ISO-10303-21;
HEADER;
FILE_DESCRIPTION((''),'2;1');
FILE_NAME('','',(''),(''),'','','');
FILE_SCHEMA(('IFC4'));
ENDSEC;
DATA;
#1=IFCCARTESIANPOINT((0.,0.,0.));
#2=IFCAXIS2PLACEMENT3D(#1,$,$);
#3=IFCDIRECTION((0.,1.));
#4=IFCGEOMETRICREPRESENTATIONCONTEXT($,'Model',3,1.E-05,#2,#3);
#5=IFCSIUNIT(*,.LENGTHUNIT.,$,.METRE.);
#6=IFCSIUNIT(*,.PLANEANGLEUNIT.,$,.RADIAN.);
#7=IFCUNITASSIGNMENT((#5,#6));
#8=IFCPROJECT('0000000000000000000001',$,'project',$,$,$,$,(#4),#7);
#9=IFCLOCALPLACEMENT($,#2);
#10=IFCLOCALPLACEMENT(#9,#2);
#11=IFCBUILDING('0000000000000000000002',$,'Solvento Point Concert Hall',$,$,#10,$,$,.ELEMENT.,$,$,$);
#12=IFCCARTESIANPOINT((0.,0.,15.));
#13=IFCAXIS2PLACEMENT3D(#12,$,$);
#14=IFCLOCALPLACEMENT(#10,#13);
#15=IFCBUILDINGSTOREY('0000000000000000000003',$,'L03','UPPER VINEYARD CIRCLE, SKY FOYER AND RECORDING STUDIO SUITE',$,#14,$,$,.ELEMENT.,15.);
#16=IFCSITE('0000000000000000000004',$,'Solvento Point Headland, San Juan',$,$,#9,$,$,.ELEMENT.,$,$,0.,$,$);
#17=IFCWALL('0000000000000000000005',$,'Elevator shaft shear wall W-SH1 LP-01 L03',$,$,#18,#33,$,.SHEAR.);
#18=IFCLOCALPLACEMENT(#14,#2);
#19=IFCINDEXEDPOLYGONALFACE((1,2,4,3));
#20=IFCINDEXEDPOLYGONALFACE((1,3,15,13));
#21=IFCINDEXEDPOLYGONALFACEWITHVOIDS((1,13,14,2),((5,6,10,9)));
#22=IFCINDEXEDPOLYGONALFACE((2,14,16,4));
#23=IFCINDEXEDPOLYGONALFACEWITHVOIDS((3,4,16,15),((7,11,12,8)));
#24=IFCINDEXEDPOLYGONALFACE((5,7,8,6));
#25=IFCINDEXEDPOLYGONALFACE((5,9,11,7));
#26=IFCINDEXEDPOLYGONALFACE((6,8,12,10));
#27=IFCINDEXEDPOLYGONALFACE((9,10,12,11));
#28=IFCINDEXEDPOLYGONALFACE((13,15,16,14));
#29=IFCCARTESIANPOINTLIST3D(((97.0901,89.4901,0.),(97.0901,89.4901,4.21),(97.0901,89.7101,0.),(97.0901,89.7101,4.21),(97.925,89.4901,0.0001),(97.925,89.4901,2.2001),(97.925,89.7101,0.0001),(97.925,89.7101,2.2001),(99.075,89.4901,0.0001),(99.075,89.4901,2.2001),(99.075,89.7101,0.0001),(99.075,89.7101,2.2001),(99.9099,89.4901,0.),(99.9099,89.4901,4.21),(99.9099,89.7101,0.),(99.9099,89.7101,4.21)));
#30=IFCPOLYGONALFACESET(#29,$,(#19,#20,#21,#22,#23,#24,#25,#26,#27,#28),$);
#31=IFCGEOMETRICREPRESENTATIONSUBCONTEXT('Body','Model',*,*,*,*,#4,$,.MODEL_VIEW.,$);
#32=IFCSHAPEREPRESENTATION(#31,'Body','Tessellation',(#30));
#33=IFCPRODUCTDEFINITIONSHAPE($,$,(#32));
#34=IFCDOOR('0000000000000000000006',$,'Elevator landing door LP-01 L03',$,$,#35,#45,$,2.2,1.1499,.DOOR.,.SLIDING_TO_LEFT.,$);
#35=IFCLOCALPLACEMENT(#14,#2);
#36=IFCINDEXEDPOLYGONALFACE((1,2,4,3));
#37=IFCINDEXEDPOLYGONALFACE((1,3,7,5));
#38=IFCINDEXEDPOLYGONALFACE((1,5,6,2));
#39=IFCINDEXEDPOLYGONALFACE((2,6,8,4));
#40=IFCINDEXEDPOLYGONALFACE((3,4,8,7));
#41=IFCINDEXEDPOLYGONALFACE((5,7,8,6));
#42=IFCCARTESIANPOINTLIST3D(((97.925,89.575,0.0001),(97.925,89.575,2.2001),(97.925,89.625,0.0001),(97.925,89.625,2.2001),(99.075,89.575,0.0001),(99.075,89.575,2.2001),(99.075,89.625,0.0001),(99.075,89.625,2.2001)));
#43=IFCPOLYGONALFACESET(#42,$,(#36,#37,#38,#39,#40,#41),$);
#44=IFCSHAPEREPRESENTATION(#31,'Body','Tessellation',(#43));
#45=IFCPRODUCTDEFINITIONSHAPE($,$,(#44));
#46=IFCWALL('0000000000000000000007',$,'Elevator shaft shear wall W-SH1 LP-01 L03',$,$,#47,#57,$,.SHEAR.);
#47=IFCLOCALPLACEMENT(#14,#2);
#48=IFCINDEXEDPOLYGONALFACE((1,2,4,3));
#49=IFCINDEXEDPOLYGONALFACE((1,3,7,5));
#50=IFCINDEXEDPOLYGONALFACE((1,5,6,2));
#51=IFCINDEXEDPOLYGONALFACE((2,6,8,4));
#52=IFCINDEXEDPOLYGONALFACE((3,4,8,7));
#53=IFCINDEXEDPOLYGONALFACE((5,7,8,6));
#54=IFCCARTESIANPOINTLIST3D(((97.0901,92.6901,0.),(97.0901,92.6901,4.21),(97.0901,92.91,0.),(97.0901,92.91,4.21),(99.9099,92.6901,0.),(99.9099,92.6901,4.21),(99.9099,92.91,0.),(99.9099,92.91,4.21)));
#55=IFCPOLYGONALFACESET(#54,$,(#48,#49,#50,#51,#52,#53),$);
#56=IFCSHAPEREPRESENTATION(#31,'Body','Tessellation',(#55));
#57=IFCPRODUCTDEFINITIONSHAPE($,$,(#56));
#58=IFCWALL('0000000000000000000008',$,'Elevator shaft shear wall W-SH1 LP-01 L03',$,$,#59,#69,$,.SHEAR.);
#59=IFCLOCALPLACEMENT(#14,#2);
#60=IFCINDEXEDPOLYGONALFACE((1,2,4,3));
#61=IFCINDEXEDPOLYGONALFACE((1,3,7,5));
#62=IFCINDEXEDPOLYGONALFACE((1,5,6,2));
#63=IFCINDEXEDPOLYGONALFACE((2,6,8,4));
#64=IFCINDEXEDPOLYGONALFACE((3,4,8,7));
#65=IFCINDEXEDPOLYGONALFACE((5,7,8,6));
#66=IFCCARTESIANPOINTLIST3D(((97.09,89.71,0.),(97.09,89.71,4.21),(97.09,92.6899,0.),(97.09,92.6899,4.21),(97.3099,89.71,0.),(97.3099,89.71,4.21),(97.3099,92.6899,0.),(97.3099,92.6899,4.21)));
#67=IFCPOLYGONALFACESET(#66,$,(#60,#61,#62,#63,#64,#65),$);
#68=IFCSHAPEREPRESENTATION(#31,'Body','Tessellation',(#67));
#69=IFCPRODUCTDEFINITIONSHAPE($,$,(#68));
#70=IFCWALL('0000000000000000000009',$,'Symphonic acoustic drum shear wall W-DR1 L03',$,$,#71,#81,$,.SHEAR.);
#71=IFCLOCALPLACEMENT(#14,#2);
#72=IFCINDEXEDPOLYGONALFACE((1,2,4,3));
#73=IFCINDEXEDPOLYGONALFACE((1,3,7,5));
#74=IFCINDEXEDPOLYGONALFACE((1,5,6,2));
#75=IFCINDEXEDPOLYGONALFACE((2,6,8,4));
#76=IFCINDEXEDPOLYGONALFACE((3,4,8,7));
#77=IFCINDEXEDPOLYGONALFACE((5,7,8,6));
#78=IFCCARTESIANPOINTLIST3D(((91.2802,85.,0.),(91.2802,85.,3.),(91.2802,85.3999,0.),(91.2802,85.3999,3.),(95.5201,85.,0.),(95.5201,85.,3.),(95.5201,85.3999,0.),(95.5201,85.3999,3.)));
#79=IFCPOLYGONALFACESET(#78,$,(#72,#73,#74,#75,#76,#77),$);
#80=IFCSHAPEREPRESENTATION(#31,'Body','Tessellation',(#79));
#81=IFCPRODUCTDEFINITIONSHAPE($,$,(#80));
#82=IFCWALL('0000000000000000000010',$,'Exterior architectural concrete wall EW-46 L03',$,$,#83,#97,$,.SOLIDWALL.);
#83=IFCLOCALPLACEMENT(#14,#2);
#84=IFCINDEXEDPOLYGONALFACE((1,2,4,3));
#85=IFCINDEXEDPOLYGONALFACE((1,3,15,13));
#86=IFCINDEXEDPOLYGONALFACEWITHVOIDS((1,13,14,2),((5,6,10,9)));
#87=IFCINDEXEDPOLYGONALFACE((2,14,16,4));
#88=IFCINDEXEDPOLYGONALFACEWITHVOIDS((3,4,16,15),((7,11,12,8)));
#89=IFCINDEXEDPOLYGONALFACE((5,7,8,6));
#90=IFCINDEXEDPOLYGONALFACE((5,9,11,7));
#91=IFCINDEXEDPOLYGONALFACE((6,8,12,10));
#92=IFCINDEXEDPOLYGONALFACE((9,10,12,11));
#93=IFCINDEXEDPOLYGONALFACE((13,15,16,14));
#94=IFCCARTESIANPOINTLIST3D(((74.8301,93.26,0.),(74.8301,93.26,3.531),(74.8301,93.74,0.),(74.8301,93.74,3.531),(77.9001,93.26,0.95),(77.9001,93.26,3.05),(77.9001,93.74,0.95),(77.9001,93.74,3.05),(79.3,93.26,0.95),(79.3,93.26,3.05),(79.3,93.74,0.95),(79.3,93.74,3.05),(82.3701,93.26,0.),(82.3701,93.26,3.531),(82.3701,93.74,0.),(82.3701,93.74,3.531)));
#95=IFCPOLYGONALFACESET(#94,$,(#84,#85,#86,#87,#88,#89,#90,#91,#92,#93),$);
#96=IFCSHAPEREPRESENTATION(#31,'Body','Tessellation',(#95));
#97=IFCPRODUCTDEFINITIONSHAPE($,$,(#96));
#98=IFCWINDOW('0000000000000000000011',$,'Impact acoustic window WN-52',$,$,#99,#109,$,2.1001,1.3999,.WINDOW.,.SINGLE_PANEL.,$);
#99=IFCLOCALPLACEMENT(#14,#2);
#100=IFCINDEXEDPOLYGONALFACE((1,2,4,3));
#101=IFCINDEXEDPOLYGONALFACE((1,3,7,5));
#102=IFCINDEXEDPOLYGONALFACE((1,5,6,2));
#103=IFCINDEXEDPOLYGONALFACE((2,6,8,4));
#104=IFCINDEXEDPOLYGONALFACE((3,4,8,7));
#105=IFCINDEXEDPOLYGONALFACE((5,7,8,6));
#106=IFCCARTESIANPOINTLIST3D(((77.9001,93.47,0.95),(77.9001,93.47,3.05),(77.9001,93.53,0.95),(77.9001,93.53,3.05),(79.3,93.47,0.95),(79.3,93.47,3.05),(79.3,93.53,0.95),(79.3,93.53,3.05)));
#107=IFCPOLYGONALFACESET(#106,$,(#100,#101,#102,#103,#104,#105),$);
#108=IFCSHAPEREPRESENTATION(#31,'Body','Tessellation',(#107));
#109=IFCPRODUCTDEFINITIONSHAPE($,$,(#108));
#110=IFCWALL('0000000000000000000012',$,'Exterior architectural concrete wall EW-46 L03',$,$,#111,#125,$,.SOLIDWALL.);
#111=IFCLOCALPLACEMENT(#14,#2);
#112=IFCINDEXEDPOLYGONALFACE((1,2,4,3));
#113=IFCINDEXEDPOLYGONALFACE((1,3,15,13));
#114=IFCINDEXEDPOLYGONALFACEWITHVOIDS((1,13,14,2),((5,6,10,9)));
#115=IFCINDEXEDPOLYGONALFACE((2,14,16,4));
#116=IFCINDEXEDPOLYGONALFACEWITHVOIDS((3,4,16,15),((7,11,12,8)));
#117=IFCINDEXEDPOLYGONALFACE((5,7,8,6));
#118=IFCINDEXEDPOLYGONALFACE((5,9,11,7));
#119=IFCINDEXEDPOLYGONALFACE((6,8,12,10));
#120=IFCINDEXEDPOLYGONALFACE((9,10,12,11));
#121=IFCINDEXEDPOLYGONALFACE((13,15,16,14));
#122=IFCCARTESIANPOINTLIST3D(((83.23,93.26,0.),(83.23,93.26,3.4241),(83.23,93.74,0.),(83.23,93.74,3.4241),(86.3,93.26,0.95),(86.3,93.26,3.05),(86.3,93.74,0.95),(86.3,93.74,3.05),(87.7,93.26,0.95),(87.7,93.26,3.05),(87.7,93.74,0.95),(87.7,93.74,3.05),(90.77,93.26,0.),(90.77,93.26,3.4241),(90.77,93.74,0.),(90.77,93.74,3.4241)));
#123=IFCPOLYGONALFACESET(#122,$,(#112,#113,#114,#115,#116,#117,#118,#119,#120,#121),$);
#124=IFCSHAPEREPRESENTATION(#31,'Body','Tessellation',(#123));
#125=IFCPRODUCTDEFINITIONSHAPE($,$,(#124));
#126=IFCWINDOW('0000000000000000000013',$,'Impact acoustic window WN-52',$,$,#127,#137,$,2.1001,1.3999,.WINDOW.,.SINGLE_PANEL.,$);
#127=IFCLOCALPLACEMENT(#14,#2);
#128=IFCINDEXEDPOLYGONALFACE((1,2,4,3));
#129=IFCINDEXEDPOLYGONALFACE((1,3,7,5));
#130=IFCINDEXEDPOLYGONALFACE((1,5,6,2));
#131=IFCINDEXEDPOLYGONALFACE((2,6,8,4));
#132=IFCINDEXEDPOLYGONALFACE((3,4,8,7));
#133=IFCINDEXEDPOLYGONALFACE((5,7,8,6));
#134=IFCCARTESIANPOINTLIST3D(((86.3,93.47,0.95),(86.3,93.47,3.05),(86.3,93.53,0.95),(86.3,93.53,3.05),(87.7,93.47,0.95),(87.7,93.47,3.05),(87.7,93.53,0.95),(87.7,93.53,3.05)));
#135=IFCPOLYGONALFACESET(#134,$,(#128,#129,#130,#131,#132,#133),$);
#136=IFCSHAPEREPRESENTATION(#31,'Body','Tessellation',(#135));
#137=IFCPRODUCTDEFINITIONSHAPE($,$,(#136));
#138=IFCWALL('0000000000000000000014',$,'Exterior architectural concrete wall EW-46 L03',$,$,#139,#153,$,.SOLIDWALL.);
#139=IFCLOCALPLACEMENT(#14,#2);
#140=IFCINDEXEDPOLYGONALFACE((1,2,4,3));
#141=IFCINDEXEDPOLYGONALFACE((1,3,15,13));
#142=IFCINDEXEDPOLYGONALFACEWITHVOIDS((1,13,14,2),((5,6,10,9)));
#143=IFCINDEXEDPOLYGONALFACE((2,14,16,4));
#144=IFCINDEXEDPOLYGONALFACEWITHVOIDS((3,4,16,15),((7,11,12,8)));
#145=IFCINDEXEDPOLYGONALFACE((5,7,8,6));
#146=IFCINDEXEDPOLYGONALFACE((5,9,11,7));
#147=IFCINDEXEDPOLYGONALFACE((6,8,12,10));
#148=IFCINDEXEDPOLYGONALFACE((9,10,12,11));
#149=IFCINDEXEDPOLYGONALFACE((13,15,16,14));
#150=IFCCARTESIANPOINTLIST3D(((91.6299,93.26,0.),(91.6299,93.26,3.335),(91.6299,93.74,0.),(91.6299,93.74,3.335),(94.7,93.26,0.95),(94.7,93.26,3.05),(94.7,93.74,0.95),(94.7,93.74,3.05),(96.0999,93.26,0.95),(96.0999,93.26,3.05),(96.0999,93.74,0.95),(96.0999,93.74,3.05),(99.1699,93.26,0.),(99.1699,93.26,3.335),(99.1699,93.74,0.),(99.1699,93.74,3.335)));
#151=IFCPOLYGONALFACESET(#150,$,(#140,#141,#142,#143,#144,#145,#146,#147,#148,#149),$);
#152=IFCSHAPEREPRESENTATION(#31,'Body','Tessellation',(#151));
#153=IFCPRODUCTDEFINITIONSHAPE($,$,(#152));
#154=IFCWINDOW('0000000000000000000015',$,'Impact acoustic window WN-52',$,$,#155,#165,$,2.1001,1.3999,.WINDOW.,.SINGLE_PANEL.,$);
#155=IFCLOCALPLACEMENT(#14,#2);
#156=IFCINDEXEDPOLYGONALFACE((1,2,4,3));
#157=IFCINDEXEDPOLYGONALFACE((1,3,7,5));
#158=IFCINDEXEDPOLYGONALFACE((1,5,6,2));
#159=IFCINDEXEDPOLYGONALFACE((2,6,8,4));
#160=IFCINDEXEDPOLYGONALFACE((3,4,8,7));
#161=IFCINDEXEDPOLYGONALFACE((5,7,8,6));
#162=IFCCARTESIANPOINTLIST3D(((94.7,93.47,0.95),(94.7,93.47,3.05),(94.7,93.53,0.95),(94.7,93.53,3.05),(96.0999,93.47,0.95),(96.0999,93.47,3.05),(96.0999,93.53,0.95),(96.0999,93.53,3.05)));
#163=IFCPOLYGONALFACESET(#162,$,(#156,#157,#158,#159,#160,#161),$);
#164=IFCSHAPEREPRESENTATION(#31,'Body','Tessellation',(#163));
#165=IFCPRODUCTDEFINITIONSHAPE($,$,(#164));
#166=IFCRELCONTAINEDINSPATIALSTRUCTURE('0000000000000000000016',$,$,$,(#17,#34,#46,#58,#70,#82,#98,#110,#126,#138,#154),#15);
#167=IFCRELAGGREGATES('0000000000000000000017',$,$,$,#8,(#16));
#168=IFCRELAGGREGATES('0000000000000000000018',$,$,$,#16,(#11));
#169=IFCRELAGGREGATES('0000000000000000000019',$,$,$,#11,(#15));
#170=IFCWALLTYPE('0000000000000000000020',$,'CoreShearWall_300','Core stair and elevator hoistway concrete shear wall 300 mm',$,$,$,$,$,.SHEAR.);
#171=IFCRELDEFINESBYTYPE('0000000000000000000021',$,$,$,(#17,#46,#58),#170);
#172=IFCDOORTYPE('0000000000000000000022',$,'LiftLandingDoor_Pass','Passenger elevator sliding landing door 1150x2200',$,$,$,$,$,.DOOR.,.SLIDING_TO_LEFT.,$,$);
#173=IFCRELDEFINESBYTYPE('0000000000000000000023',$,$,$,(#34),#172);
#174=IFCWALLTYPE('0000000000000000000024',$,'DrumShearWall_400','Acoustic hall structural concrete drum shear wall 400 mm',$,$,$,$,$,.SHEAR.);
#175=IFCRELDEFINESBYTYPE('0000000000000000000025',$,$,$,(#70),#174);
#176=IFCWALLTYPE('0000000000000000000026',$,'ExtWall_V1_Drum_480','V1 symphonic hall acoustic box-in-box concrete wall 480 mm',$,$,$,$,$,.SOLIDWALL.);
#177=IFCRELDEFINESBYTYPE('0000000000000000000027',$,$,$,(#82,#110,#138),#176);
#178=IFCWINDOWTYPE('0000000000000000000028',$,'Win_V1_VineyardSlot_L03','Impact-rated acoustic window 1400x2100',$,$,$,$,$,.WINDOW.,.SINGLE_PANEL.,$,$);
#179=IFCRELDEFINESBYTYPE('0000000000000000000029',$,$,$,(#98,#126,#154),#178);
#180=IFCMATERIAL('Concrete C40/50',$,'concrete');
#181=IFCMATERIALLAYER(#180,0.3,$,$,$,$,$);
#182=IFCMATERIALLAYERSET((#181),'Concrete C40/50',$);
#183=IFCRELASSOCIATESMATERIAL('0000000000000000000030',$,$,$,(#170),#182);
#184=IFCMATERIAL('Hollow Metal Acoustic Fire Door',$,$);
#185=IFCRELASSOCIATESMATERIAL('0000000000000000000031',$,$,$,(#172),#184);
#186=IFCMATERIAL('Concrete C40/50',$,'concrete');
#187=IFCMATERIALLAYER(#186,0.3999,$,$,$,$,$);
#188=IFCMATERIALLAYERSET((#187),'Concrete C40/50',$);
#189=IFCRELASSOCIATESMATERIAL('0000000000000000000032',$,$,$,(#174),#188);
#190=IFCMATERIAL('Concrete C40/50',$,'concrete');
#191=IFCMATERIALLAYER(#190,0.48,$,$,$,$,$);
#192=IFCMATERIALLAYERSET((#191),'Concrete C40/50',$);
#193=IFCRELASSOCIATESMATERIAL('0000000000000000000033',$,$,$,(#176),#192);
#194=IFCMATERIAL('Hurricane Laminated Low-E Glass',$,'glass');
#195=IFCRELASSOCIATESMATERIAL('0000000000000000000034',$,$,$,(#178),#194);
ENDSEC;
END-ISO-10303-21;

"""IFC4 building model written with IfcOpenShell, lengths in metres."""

from ifc_helpers import new_model, si_unit, direction, frame, frame_2d, origin, place, context, subcontext, project, spatial, rectangle, extrude, material, layer, layer_set, type_object, element, fill, save


model = new_model("IFC4")

# Units and contexts
model_context = context("Model", 3, precision=1e-05, world=origin(), true_north=direction((0.0, 1.0)))
body_context = subcontext(model_context, "Body", "Model", "MODEL_VIEW")
ifc_project = project(units=[si_unit("LENGTHUNIT", "METRE"), si_unit("PLANEANGLEUNIT", "RADIAN")], contexts=[model_context])

# Site, building, storey
site_placement = place(None, origin())
site = spatial("IfcSite", under=ifc_project, at=site_placement, Name="Solvento Point Headland, San Juan", CompositionType="ELEMENT", RefElevation=0.0)
building_placement = place(site_placement, origin())
building = spatial("IfcBuilding", under=site, at=building_placement, Name="Solvento Point Concert Hall", CompositionType="ELEMENT")
storey_placement = place(building_placement, frame((0.0, 0.0, 15.0)))
storey = spatial("IfcBuildingStorey", under=building, at=storey_placement, Name="L03", Description="UPPER VINEYARD CIRCLE, SKY FOYER AND RECORDING STUDIO SUITE", CompositionType="ELEMENT", Elevation=15.0)

# Wall, opening, door
ifc_material_1 = material(Name="Concrete C40/50", Category="concrete")
ifc_layer_1 = layer(ifc_material_1, 0.3)
ifc_layer_set_1 = layer_set([ifc_layer_1], Name="Concrete C40/50")
wall_type_1 = type_object("IfcWallType", Name="CoreShearWall_300", Description="Core stair and elevator hoistway concrete shear wall 300 mm", PredefinedType="SHEAR", material=ifc_layer_set_1)
wall_1_placement = place(storey_placement, frame((97.0901, 89.6001, 0.0), z_axis=(0.0, 0.0, 1.0), x_axis=(1.0, 0.0, 0.0)))
wall_1 = element("IfcWall", 1, at=wall_1_placement, inside=storey, type_object=wall_type_1, Name="Elevator shaft shear wall W-SH1 LP-01 L03", PredefinedType="SHEAR", context=body_context, shape_type="SweptSolid", body=[
    extrude(rectangle(XDim=2.8198, YDim=0.22, at=frame_2d((1.4099, 0.0))), origin(), (0.0, 0.0, 1.0), 4.21),
])
opening_1_placement = place(wall_1_placement, frame((0.835, 0.0, 0.0)))
opening_1 = element("IfcOpeningElement", 2, at=opening_1_placement, cuts=wall_1, PredefinedType="OPENING", context=body_context, shape_type="SweptSolid", body=[
    extrude(rectangle(XDim=1.1499, YDim=2.2, at=frame_2d((0.575, 1.1001))), frame((0.0, 0.1199, 0.0), z_axis=(0.0, -1.0, 0.0), x_axis=(1.0, 0.0, 0.0)), (0.0, 0.0, 1.0), 0.24),
])
ifc_material_2 = material(Name="Hollow Metal Acoustic Fire Door")
door_type_1 = type_object("IfcDoorType", Name="LiftLandingDoor_Pass", Description="Passenger elevator sliding landing door 1150x2200", OperationType="SLIDING_TO_LEFT", PredefinedType="DOOR", material=ifc_material_2)
door_1_placement = place(opening_1_placement, origin())
door_1 = element("IfcDoor", 3, at=door_1_placement, inside=storey, type_object=door_type_1, Name="Elevator landing door LP-01 L03", OperationType="SLIDING_TO_LEFT", OverallHeight=2.2, OverallWidth=1.1499, PredefinedType="DOOR", context=body_context, shape_type="SweptSolid", body=[
    extrude(rectangle(XDim=1.1499, YDim=2.2, at=frame_2d((0.575, 1.1001))), frame((0.0, 0.0249, 0.0), z_axis=(0.0, -1.0, 0.0), x_axis=(1.0, 0.0, 0.0)), (0.0, 0.0, 1.0), 0.05),
])
fill(opening_1, door_1)

# Walls
wall_2_placement = place(storey_placement, frame((97.0901, 92.8, 0.0), z_axis=(0.0, 0.0, 1.0), x_axis=(1.0, 0.0, 0.0)))
element("IfcWall", 4, at=wall_2_placement, inside=storey, type_object=wall_type_1, Name="Elevator shaft shear wall W-SH1 LP-01 L03", PredefinedType="SHEAR", context=body_context, shape_type="SweptSolid", body=[
    extrude(rectangle(XDim=2.8198, YDim=0.22, at=frame_2d((1.4099, 0.0))), origin(), (0.0, 0.0, 1.0), 4.21),
])
wall_3_placement = place(storey_placement, frame((97.2, 89.71, 0.0), z_axis=(0.0, 0.0, 1.0), x_axis=(0.0, 1.0, 0.0)))
element("IfcWall", 5, at=wall_3_placement, inside=storey, type_object=wall_type_1, Name="Elevator shaft shear wall W-SH1 LP-01 L03", PredefinedType="SHEAR", context=body_context, shape_type="SweptSolid", body=[
    extrude(rectangle(XDim=2.98, YDim=0.22, at=frame_2d((1.49, 0.0))), origin(), (0.0, 0.0, 1.0), 4.21),
])
ifc_material_3 = material(Name="Concrete C40/50", Category="concrete")
ifc_layer_2 = layer(ifc_material_3, 0.3999)
ifc_layer_set_2 = layer_set([ifc_layer_2], Name="Concrete C40/50")
wall_type_2 = type_object("IfcWallType", Name="DrumShearWall_400", Description="Acoustic hall structural concrete drum shear wall 400 mm", PredefinedType="SHEAR", material=ifc_layer_set_2)
wall_4_placement = place(storey_placement, frame((91.28, 85.2, 0.0), z_axis=(0.0, 0.0, 1.0), x_axis=(1.0, 0.0, 0.0)))
element("IfcWall", 6, at=wall_4_placement, inside=storey, type_object=wall_type_2, Name="Symphonic acoustic drum shear wall W-DR1 L03", PredefinedType="SHEAR", context=body_context, shape_type="SweptSolid", body=[
    extrude(rectangle(XDim=4.24, YDim=0.3999, at=frame_2d((2.1201, 0.0))), origin(), (0.0, 0.0, 1.0), 3.0),
])

# Walls, openings, windows
ifc_material_4 = material(Name="Concrete C40/50", Category="concrete")
ifc_layer_3 = layer(ifc_material_4, 0.48)
ifc_layer_set_3 = layer_set([ifc_layer_3], Name="Concrete C40/50")
wall_type_3 = type_object("IfcWallType", Name="ExtWall_V1_Drum_480", Description="V1 symphonic hall acoustic box-in-box concrete wall 480 mm", PredefinedType="SOLIDWALL", material=ifc_layer_set_3)
wall_5_placement = place(storey_placement, frame((74.8301, 93.5, 0.0), z_axis=(0.0, 0.0, 1.0), x_axis=(1.0, 0.0, 0.0)))
wall_5 = element("IfcWall", 7, at=wall_5_placement, inside=storey, type_object=wall_type_3, Name="Exterior architectural concrete wall EW-46 L03", PredefinedType="SOLIDWALL", context=body_context, shape_type="SweptSolid", body=[
    extrude(rectangle(XDim=7.54, YDim=0.48, at=frame_2d((3.77, 0.0))), origin(), (0.0, 0.0, 1.0), 3.531),
])
opening_2_placement = place(wall_5_placement, frame((3.0701, 0.0, 0.95)))
opening_2 = element("IfcOpeningElement", 8, at=opening_2_placement, cuts=wall_5, PredefinedType="OPENING", context=body_context, shape_type="SweptSolid", body=[
    extrude(rectangle(XDim=1.3999, YDim=2.1001, at=frame_2d((0.7, 1.05))), frame((0.0, 0.25, 0.0), z_axis=(0.0, -1.0, 0.0), x_axis=(1.0, 0.0, 0.0)), (0.0, 0.0, 1.0), 0.5),
])
ifc_material_5 = material(Name="Hurricane Laminated Low-E Glass", Category="glass")
window_type = type_object("IfcWindowType", Name="Win_V1_VineyardSlot_L03", Description="Impact-rated acoustic window 1400x2100", PartitioningType="SINGLE_PANEL", PredefinedType="WINDOW", material=ifc_material_5)
window_1_placement = place(opening_2_placement, origin())
window_1 = element("IfcWindow", 9, at=window_1_placement, inside=storey, type_object=window_type, Name="Impact acoustic window WN-52", OverallHeight=2.1001, OverallWidth=1.3999, PartitioningType="SINGLE_PANEL", PredefinedType="WINDOW", context=body_context, shape_type="SweptSolid", body=[
    extrude(rectangle(XDim=1.3999, YDim=2.1001, at=frame_2d((0.7, 1.05))), frame((0.0, 0.03, 0.0), z_axis=(0.0, -1.0, 0.0), x_axis=(1.0, 0.0, 0.0)), (0.0, 0.0, 1.0), 0.0601),
])
fill(opening_2, window_1)
wall_6_placement = place(storey_placement, frame((83.23, 93.5, 0.0), z_axis=(0.0, 0.0, 1.0), x_axis=(1.0, 0.0, 0.0)))
wall_6 = element("IfcWall", 10, at=wall_6_placement, inside=storey, type_object=wall_type_3, Name="Exterior architectural concrete wall EW-46 L03", PredefinedType="SOLIDWALL", context=body_context, shape_type="SweptSolid", body=[
    extrude(rectangle(XDim=7.54, YDim=0.48, at=frame_2d((3.77, 0.0))), origin(), (0.0, 0.0, 1.0), 3.4241),
])
opening_3_placement = place(wall_6_placement, frame((3.0701, 0.0, 0.95)))
opening_3 = element("IfcOpeningElement", 11, at=opening_3_placement, cuts=wall_6, PredefinedType="OPENING", context=body_context, shape_type="SweptSolid", body=[
    extrude(rectangle(XDim=1.3999, YDim=2.1001, at=frame_2d((0.7, 1.05))), frame((0.0, 0.25, 0.0), z_axis=(0.0, -1.0, 0.0), x_axis=(1.0, 0.0, 0.0)), (0.0, 0.0, 1.0), 0.5),
])
window_2_placement = place(opening_3_placement, origin())
window_2 = element("IfcWindow", 12, at=window_2_placement, inside=storey, type_object=window_type, Name="Impact acoustic window WN-52", OverallHeight=2.1001, OverallWidth=1.3999, PartitioningType="SINGLE_PANEL", PredefinedType="WINDOW", context=body_context, shape_type="SweptSolid", body=[
    extrude(rectangle(XDim=1.3999, YDim=2.1001, at=frame_2d((0.7, 1.05))), frame((0.0, 0.03, 0.0), z_axis=(0.0, -1.0, 0.0), x_axis=(1.0, 0.0, 0.0)), (0.0, 0.0, 1.0), 0.0601),
])
fill(opening_3, window_2)
wall_7_placement = place(storey_placement, frame((91.6299, 93.5, 0.0), z_axis=(0.0, 0.0, 1.0), x_axis=(1.0, 0.0, 0.0)))
wall_7 = element("IfcWall", 13, at=wall_7_placement, inside=storey, type_object=wall_type_3, Name="Exterior architectural concrete wall EW-46 L03", PredefinedType="SOLIDWALL", context=body_context, shape_type="SweptSolid", body=[
    extrude(rectangle(XDim=7.54, YDim=0.48, at=frame_2d((3.77, 0.0))), origin(), (0.0, 0.0, 1.0), 3.335),
])
opening_4_placement = place(wall_7_placement, frame((3.0701, 0.0, 0.95)))
opening_4 = element("IfcOpeningElement", 14, at=opening_4_placement, cuts=wall_7, PredefinedType="OPENING", context=body_context, shape_type="SweptSolid", body=[
    extrude(rectangle(XDim=1.3999, YDim=2.1001, at=frame_2d((0.7, 1.05))), frame((0.0, 0.25, 0.0), z_axis=(0.0, -1.0, 0.0), x_axis=(1.0, 0.0, 0.0)), (0.0, 0.0, 1.0), 0.5),
])
window_3_placement = place(opening_4_placement, origin())
window_3 = element("IfcWindow", 15, at=window_3_placement, inside=storey, type_object=window_type, Name="Impact acoustic window WN-52", OverallHeight=2.1001, OverallWidth=1.3999, PartitioningType="SINGLE_PANEL", PredefinedType="WINDOW", context=body_context, shape_type="SweptSolid", body=[
    extrude(rectangle(XDim=1.3999, YDim=2.1001, at=frame_2d((0.7, 1.05))), frame((0.0, 0.03, 0.0), z_axis=(0.0, -1.0, 0.0), x_axis=(1.0, 0.0, 0.0)), (0.0, 0.0, 1.0), 0.0601),
])
fill(opening_4, window_3)

save(model, "model.ifc")
